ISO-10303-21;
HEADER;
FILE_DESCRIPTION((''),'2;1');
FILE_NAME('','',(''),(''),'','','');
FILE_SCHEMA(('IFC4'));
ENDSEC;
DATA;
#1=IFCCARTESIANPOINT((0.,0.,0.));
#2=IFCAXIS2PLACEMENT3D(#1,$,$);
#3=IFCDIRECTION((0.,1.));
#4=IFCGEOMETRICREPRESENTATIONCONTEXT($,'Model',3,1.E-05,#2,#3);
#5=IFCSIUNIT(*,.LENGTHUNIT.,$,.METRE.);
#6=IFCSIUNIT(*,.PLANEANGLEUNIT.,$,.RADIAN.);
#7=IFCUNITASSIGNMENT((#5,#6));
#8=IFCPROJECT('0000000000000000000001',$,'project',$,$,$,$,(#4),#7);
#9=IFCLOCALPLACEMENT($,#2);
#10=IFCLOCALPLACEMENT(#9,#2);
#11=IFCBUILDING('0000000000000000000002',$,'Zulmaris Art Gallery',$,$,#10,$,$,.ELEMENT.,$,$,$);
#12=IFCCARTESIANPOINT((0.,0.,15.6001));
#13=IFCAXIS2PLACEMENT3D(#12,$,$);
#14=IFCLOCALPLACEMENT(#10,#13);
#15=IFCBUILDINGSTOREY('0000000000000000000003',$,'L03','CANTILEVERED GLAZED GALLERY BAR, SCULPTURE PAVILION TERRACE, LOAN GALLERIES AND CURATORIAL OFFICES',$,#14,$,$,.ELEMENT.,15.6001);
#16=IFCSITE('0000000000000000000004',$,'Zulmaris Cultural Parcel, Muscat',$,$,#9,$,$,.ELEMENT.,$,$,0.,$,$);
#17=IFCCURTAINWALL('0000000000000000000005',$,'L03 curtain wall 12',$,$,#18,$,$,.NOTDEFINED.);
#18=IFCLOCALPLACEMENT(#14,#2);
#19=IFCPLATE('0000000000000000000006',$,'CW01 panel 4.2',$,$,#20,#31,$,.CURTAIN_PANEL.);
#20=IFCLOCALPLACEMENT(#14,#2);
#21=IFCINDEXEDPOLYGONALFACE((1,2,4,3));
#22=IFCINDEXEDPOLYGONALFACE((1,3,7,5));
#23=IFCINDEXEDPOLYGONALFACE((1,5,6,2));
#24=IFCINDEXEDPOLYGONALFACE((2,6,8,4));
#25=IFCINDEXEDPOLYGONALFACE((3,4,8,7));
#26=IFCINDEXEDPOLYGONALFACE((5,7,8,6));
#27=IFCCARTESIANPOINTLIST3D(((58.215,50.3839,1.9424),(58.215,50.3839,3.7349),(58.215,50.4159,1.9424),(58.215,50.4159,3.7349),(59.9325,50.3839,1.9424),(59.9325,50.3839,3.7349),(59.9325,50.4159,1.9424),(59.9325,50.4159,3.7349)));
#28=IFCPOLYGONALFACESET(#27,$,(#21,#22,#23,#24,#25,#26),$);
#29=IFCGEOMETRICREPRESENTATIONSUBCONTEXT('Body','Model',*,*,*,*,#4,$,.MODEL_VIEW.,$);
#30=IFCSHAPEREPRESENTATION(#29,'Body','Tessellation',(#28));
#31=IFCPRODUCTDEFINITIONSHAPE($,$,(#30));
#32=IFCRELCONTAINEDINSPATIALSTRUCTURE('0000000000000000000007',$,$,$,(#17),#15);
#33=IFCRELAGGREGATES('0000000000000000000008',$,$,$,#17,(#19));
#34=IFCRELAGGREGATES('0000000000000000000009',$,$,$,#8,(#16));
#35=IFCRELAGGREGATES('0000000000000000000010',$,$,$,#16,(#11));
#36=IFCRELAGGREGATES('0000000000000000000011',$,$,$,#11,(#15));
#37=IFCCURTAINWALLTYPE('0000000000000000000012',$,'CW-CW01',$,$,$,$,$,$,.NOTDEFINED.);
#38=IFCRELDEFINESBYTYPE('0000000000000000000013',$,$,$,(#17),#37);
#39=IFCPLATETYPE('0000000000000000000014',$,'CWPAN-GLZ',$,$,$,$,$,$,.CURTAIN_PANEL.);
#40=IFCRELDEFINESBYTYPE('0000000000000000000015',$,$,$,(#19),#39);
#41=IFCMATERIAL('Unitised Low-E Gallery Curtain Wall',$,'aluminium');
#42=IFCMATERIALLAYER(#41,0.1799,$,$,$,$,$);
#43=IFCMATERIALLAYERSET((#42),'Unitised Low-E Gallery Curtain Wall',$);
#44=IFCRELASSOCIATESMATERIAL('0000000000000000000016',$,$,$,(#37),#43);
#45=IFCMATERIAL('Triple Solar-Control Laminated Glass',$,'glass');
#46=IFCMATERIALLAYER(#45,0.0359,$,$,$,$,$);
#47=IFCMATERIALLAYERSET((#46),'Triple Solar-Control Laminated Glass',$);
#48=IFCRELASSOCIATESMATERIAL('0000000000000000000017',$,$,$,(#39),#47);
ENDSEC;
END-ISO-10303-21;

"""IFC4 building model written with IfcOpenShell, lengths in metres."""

from ifc_helpers import new_model, si_unit, direction, frame, origin, origin_2d, place, context, subcontext, project, spatial, rectangle, extrude, material, layer, layer_set, type_object, element, aggregate, save


model = new_model("IFC4")

# Units and contexts
model_context = context("Model", 3, precision=1e-05, world=origin(), true_north=direction((0.0, 1.0)))
body_context = subcontext(model_context, "Body", "Model", "MODEL_VIEW")
ifc_project = project(units=[si_unit("LENGTHUNIT", "METRE"), si_unit("PLANEANGLEUNIT", "RADIAN")], contexts=[model_context])

# Site, building, storey
site_placement = place(None, origin())
site = spatial("IfcSite", under=ifc_project, at=site_placement, Name="Zulmaris Cultural Parcel, Muscat", CompositionType="ELEMENT", RefElevation=0.0)
building_placement = place(site_placement, origin())
building = spatial("IfcBuilding", under=site, at=building_placement, Name="Zulmaris Art Gallery", CompositionType="ELEMENT")
storey_placement = place(building_placement, frame((0.0, 0.0, 15.6001)))
storey = spatial("IfcBuildingStorey", under=building, at=storey_placement, Name="L03", Description="CANTILEVERED GLAZED GALLERY BAR, SCULPTURE PAVILION TERRACE, LOAN GALLERIES AND CURATORIAL OFFICES", CompositionType="ELEMENT", Elevation=15.6001)

# Curtain wall
ifc_material_1 = material(Name="Unitised Low-E Gallery Curtain Wall", Category="aluminium")
ifc_layer_1 = layer(ifc_material_1, 0.1799)
ifc_layer_set_1 = layer_set([ifc_layer_1], Name="Unitised Low-E Gallery Curtain Wall")
curtain_wall_type = type_object("IfcCurtainWallType", Name="CW-CW01", PredefinedType="NOTDEFINED", material=ifc_layer_set_1)
curtain_wall_1_placement = place(storey_placement, origin())
curtain_wall_1 = element("IfcCurtainWall", 1, at=curtain_wall_1_placement, inside=storey, type_object=curtain_wall_type, Name="L03 curtain wall 12", PredefinedType="NOTDEFINED")

# Plate
ifc_material_2 = material(Name="Triple Solar-Control Laminated Glass", Category="glass")
ifc_layer_2 = layer(ifc_material_2, 0.0359)
ifc_layer_set_2 = layer_set([ifc_layer_2], Name="Triple Solar-Control Laminated Glass")
plate_type = type_object("IfcPlateType", Name="CWPAN-GLZ", PredefinedType="CURTAIN_PANEL", material=ifc_layer_set_2)
plate_1_placement = place(storey_placement, frame((59.0737, 50.3999, 1.9424), z_axis=(0.0, 0.0, 1.0), x_axis=(-1.0, 0.0, 0.0)))
plate_1 = element("IfcPlate", 2, at=plate_1_placement, type_object=plate_type, Name="CW01 panel 4.2", PredefinedType="CURTAIN_PANEL", context=body_context, shape_type="SweptSolid", body=[
    extrude(rectangle(XDim=1.7175, YDim=0.032, at=origin_2d()), origin(), (0.0, 0.0, 1.0), 1.7925),
])
aggregate(curtain_wall_1, [plate_1])

save(model, "model.ifc")
